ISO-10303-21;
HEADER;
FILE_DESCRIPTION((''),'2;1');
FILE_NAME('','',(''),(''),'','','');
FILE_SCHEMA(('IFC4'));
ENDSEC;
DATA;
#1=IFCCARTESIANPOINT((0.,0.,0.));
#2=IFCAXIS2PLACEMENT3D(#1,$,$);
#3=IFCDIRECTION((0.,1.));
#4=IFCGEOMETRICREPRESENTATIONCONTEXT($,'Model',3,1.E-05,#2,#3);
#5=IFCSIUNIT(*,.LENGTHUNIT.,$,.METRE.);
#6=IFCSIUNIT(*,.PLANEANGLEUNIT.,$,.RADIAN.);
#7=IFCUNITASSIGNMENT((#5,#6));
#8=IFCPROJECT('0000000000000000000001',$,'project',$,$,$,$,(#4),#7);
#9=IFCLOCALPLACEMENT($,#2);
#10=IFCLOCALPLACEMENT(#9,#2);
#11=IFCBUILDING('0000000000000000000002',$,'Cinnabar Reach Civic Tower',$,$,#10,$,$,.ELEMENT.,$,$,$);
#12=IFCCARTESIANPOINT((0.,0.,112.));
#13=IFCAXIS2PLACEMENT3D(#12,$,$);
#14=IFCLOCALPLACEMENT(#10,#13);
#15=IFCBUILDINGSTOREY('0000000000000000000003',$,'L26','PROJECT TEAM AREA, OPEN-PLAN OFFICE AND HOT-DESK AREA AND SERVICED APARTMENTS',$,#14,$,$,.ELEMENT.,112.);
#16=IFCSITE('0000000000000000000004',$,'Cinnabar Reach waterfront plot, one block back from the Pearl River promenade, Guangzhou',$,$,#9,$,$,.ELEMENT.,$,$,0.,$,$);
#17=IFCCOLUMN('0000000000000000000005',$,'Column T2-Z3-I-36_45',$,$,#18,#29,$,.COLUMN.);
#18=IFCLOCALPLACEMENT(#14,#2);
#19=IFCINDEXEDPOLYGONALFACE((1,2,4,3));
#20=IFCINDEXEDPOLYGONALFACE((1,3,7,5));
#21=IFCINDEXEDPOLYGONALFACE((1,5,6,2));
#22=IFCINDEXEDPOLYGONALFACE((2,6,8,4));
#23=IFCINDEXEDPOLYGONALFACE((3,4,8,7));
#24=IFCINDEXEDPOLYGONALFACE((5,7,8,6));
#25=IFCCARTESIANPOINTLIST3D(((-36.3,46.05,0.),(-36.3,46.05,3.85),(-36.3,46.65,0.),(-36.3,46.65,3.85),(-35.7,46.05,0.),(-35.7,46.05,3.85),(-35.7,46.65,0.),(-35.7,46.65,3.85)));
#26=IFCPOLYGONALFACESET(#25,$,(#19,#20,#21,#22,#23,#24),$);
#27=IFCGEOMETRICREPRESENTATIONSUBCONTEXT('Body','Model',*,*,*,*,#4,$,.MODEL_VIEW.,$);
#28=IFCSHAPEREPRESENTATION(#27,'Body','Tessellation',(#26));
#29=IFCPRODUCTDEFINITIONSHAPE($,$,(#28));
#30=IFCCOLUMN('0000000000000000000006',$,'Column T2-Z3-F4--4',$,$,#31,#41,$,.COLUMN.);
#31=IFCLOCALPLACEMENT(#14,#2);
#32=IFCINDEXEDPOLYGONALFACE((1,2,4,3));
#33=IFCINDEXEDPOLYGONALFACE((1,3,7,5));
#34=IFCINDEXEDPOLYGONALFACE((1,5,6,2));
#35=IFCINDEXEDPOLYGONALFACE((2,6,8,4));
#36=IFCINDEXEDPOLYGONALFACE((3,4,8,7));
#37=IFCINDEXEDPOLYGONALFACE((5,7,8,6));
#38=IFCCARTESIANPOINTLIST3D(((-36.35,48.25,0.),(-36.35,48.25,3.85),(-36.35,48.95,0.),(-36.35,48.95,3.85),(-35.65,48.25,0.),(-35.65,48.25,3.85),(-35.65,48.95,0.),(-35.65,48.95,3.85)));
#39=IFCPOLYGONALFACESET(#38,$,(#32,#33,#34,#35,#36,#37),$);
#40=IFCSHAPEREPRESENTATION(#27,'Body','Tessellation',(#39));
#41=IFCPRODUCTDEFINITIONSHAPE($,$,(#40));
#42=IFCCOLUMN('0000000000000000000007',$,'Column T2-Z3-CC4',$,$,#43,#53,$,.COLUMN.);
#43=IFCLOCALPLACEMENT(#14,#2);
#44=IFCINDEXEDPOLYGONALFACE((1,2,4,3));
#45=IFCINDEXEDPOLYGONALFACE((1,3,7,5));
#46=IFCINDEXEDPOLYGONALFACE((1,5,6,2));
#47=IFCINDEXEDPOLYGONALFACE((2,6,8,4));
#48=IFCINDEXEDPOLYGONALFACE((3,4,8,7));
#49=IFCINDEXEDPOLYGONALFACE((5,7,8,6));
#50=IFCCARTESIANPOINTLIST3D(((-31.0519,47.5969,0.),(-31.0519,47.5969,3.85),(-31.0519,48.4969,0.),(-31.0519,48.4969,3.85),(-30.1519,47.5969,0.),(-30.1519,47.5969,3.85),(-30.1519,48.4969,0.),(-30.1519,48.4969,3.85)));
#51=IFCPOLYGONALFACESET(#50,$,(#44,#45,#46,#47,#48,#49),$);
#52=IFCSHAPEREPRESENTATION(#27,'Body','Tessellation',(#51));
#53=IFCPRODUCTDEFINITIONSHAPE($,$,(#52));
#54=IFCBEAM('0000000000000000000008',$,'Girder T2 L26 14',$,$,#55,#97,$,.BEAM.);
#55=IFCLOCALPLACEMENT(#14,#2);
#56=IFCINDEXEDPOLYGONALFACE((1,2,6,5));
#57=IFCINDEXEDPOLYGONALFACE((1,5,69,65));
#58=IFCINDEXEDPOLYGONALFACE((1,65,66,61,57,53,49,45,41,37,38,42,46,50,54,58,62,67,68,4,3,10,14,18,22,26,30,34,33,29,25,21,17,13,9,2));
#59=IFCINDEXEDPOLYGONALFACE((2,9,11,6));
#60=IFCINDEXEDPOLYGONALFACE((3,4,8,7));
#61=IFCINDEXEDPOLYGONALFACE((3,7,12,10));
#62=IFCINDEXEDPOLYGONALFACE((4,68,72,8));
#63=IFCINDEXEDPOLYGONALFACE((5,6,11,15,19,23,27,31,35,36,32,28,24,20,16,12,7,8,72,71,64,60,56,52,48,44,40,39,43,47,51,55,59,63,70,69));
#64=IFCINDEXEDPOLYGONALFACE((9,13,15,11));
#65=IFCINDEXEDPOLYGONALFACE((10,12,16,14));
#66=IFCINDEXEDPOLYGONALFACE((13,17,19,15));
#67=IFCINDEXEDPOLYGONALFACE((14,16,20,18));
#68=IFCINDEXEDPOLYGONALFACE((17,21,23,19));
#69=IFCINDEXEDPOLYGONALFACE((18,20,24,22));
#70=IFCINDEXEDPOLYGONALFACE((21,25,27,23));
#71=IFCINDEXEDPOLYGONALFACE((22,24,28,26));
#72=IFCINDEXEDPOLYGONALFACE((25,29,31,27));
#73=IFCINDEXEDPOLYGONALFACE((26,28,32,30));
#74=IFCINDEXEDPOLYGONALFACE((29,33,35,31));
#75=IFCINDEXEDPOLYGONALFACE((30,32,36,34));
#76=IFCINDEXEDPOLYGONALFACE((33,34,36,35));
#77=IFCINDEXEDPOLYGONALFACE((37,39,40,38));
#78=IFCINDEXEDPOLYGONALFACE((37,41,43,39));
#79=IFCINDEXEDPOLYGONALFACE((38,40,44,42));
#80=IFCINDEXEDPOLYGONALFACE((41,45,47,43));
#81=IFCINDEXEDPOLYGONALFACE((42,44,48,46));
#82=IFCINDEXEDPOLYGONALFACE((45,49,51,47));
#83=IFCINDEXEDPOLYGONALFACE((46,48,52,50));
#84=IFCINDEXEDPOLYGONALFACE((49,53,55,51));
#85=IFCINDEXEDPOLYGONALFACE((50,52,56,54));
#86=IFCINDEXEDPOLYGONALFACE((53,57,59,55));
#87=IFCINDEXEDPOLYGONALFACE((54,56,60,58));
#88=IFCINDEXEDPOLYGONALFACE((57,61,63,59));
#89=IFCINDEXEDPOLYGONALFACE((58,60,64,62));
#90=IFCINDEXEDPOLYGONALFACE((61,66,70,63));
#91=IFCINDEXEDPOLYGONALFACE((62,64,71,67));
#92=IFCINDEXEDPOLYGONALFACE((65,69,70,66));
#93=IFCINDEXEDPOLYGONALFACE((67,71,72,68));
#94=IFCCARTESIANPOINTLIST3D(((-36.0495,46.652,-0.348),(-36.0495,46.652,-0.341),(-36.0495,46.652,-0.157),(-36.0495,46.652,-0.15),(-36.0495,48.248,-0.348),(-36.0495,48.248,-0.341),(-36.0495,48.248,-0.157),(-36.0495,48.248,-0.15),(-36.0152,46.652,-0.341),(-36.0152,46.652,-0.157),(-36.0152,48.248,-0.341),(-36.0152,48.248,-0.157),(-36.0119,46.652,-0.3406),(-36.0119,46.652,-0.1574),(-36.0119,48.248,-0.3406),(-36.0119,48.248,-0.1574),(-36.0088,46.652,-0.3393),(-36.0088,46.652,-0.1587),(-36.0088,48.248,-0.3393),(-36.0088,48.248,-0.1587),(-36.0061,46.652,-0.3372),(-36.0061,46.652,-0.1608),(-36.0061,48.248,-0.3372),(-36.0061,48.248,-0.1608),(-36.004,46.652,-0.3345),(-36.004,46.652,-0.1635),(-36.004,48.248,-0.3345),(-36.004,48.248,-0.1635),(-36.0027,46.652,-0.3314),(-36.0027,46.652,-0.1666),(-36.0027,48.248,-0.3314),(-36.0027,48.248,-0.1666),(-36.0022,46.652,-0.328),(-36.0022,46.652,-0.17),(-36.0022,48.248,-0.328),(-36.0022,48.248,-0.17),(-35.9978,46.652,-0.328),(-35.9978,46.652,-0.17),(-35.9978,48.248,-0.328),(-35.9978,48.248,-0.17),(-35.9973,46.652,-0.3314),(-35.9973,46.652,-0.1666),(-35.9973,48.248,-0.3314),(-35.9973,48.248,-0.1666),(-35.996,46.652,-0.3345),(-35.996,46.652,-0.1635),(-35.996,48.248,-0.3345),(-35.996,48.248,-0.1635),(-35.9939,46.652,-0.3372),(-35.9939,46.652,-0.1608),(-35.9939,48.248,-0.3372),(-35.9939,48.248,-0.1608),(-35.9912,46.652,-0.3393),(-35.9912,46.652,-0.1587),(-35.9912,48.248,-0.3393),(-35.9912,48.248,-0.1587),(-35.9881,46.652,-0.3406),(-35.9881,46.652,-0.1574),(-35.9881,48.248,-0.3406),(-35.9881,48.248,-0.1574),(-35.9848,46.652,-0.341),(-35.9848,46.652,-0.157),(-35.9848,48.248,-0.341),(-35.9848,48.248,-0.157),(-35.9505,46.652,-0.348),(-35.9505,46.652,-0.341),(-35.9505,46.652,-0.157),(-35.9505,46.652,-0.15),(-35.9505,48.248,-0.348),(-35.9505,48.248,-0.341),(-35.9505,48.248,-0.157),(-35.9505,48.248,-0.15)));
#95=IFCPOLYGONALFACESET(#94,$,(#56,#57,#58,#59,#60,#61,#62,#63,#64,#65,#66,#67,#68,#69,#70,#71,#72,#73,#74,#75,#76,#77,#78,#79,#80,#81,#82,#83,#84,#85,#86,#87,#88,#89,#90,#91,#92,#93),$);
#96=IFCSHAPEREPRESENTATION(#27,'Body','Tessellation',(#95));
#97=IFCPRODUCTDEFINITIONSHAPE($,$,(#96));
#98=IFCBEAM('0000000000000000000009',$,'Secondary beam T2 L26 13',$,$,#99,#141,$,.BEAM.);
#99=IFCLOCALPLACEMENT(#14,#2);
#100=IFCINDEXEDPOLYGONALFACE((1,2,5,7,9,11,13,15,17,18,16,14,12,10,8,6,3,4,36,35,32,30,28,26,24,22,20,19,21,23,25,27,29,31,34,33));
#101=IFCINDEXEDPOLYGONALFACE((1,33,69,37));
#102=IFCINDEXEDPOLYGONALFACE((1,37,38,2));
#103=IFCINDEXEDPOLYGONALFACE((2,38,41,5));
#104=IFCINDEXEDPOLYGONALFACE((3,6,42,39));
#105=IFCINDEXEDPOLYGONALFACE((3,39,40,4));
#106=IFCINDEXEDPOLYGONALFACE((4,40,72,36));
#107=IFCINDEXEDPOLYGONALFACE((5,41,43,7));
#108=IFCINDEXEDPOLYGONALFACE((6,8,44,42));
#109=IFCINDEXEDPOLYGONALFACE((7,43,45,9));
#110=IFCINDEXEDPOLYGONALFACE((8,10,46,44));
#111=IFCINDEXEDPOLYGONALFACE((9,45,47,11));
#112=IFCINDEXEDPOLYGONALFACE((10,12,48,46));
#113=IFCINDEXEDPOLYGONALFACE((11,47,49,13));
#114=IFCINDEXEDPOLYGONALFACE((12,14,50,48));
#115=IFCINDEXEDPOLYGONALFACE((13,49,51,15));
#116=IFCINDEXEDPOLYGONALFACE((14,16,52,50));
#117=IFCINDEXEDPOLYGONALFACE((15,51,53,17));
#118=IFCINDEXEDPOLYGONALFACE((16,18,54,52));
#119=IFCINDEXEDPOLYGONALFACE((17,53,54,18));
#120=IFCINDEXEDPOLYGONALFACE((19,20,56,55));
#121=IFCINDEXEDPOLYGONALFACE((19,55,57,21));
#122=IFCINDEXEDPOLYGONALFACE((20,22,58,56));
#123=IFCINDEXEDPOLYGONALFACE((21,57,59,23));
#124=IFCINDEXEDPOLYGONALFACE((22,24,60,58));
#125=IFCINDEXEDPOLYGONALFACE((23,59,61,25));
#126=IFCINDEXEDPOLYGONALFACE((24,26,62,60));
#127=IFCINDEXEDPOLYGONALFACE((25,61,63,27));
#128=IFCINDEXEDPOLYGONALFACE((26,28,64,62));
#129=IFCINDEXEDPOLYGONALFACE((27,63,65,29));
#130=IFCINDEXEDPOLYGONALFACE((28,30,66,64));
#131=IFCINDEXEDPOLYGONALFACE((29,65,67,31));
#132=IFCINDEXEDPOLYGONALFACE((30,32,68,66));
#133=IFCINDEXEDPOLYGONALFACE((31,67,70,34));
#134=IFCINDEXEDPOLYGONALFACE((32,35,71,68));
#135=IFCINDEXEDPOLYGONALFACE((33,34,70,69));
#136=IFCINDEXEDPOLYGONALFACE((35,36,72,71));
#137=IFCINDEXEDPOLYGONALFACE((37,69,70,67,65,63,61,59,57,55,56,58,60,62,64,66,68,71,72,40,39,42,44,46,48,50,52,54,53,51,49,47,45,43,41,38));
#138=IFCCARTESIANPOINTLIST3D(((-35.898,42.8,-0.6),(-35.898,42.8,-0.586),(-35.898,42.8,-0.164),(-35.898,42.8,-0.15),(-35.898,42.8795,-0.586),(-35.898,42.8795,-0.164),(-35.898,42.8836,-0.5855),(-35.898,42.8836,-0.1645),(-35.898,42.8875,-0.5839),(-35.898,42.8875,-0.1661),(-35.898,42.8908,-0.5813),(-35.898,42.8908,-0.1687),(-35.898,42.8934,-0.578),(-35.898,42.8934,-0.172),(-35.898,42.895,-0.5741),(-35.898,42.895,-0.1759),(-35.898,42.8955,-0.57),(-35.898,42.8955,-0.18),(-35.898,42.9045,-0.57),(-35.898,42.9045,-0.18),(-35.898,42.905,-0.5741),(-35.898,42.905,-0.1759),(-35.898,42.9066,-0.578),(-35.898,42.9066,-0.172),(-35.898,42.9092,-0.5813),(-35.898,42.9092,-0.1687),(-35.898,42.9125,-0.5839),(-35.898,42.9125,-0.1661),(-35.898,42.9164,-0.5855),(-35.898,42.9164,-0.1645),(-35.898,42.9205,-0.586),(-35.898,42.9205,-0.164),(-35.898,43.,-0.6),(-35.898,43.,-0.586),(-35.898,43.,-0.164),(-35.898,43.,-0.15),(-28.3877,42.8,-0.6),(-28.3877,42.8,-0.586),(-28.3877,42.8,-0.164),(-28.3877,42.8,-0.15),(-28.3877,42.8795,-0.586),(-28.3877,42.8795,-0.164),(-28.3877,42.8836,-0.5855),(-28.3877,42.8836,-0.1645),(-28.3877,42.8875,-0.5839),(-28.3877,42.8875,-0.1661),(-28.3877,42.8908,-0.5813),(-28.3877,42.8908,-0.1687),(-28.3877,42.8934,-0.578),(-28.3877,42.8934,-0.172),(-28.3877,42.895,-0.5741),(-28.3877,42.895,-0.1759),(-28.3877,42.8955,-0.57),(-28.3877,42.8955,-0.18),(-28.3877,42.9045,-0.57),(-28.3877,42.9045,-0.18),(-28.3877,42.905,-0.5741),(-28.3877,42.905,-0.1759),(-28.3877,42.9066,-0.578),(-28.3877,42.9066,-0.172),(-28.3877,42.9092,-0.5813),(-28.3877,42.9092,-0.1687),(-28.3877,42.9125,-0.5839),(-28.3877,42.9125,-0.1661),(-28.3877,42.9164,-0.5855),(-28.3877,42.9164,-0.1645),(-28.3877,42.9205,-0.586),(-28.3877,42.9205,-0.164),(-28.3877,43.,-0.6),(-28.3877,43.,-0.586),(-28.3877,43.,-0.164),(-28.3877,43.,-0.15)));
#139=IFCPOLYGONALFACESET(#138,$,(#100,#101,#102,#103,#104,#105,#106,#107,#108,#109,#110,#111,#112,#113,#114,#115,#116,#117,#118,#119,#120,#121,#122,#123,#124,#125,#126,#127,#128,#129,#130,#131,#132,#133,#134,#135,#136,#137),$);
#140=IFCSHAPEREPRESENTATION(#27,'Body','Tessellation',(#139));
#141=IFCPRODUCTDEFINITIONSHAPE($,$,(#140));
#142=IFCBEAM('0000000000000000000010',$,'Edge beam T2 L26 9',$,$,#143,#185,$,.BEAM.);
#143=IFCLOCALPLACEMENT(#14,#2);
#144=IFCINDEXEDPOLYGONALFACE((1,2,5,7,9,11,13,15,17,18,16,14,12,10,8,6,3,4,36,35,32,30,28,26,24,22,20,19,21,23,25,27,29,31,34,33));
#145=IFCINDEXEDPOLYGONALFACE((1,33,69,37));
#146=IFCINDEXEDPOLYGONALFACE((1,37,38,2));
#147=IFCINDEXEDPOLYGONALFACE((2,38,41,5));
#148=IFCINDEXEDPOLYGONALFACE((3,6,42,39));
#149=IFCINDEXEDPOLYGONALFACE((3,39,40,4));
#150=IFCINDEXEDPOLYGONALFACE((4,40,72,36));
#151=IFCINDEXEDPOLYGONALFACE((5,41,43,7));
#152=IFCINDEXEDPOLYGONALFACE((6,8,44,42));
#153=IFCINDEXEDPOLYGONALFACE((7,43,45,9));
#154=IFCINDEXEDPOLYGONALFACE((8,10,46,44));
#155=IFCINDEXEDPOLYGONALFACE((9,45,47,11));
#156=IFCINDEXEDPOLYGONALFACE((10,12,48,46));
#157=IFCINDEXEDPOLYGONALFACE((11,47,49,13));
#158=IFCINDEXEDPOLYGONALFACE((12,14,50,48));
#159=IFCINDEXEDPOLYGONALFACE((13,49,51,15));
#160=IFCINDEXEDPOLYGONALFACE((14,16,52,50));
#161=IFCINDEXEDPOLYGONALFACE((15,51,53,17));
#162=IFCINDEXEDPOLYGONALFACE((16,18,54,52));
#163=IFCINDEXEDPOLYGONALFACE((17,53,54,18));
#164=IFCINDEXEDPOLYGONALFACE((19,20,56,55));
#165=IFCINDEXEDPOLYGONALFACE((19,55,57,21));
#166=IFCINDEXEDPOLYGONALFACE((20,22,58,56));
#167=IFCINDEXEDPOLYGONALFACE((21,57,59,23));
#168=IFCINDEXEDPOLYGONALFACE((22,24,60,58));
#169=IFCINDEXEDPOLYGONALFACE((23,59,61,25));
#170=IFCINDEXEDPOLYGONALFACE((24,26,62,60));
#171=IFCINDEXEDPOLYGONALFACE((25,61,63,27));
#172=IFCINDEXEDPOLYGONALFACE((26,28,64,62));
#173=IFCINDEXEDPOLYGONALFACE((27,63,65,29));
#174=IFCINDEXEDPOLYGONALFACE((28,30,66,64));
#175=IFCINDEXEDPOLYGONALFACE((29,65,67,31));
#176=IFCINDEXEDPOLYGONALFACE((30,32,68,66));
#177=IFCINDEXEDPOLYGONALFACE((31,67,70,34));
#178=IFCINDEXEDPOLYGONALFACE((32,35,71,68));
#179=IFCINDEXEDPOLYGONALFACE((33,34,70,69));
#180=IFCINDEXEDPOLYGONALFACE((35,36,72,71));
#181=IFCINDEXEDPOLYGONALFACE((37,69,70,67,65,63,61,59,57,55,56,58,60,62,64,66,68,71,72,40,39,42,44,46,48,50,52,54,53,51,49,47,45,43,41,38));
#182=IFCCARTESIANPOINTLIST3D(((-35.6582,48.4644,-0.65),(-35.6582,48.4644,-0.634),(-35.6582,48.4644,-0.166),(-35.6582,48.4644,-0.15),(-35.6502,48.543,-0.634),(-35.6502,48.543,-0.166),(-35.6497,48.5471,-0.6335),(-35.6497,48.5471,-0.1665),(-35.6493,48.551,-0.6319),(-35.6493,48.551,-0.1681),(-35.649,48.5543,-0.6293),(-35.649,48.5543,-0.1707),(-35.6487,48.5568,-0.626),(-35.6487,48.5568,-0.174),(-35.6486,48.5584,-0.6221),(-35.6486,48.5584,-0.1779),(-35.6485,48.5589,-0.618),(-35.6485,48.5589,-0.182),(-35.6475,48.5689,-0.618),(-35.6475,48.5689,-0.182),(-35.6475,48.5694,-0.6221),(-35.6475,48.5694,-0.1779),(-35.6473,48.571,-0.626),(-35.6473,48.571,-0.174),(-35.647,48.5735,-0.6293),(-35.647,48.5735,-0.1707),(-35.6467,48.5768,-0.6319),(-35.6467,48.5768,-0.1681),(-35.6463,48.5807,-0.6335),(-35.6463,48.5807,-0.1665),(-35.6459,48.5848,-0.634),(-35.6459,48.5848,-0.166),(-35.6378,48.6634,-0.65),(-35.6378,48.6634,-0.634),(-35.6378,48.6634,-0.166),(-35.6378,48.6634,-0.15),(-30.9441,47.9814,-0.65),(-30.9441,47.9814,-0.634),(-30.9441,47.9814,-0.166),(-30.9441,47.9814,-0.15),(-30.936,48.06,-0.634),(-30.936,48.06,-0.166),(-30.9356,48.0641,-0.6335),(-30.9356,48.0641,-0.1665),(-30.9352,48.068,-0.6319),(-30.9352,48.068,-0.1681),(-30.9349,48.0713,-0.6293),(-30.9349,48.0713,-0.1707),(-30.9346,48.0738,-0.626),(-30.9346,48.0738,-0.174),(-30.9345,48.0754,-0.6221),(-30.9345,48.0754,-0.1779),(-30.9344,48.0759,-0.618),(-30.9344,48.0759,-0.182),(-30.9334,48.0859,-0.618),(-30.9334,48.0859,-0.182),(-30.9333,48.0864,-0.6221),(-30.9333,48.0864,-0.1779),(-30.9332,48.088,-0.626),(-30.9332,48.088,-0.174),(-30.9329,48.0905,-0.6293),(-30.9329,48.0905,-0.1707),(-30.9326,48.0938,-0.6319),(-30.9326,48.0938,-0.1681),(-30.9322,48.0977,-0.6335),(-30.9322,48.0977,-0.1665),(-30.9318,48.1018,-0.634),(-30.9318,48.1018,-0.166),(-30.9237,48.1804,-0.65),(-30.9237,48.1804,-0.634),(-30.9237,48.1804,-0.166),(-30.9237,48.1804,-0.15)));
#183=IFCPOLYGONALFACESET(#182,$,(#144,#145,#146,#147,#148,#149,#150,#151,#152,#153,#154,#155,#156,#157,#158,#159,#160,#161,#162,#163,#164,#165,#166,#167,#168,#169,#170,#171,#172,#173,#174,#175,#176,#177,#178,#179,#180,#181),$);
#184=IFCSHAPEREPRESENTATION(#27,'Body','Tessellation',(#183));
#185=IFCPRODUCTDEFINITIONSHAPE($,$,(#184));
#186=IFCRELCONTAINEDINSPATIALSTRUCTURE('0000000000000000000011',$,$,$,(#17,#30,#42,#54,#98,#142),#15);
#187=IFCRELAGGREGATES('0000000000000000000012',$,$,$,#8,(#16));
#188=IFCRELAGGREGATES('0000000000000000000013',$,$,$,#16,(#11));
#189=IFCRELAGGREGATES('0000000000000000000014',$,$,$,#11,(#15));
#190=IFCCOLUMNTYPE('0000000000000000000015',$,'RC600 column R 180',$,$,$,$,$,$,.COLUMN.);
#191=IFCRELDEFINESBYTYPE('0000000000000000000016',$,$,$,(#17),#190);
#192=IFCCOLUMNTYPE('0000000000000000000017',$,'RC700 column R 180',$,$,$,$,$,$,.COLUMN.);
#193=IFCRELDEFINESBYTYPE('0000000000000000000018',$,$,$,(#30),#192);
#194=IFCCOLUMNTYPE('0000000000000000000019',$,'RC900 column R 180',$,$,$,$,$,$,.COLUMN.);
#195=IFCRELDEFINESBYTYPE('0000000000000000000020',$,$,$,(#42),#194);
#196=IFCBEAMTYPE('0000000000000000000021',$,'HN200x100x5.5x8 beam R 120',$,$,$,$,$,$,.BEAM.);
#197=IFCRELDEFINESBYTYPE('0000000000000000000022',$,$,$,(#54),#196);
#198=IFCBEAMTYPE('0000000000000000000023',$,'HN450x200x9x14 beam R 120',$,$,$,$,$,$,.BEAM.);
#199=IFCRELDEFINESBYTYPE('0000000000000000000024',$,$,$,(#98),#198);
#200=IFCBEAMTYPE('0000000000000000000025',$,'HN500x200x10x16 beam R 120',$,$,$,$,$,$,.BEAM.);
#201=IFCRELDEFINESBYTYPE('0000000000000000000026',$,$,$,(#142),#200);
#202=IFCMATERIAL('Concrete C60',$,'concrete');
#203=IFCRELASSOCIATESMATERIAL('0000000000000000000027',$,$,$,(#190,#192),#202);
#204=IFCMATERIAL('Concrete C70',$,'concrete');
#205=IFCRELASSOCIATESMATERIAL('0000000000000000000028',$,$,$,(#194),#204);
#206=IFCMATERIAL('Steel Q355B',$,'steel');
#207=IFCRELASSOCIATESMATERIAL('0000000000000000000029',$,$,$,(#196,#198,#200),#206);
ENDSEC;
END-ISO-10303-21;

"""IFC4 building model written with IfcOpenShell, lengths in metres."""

from ifc_helpers import new_model, si_unit, direction, frame, origin, origin_2d, place, context, subcontext, project, spatial, rectangle, i_section, extrude, material, material_profile, profile_set, type_object, element, save


model = new_model("IFC4")

# Units and contexts
model_context = context("Model", 3, precision=1e-05, world=origin(), true_north=direction((0.0, 1.0)))
body_context = subcontext(model_context, "Body", "Model", "MODEL_VIEW")
ifc_project = project(units=[si_unit("LENGTHUNIT", "METRE"), si_unit("PLANEANGLEUNIT", "RADIAN")], contexts=[model_context])

# Site, building, storey
site_placement = place(None, origin())
site = spatial("IfcSite", under=ifc_project, at=site_placement, Name="Cinnabar Reach waterfront plot, one block back from the Pearl River promenade, Guangzhou", CompositionType="ELEMENT", RefElevation=0.0)
building_placement = place(site_placement, origin())
building = spatial("IfcBuilding", under=site, at=building_placement, Name="Cinnabar Reach Civic Tower", CompositionType="ELEMENT")
storey_placement = place(building_placement, frame((0.0, 0.0, 112.0)))
storey = spatial("IfcBuildingStorey", under=building, at=storey_placement, Name="L26", Description="PROJECT TEAM AREA, OPEN-PLAN OFFICE AND HOT-DESK AREA AND SERVICED APARTMENTS", CompositionType="ELEMENT", Elevation=112.0)

# Columns
ifc_material_1 = material(Name="Concrete C60", Category="concrete")
ifc_material_profile_1 = material_profile(ifc_material_1, rectangle(XDim=0.6, YDim=0.6, at=origin_2d()), Name="RC600")
ifc_profile_set_1 = profile_set([ifc_material_profile_1], Name="Concrete C60")
column_type_1 = type_object("IfcColumnType", Name="RC600 column R 180", PredefinedType="COLUMN", material=ifc_profile_set_1)
column_1_placement = place(storey_placement, frame((-36.0, 46.35, 0.0), z_axis=(0.0, 0.0, 1.0), x_axis=(1.0, 0.0, 0.0)))
element("IfcColumn", 1, at=column_1_placement, inside=storey, type_object=column_type_1, Name="Column T2-Z3-I-36_45", PredefinedType="COLUMN", context=body_context, shape_type="SweptSolid", body=[
    extrude(rectangle(XDim=0.6, YDim=0.6, at=origin_2d()), origin(), (0.0, 0.0, 1.0), 3.85),
])
ifc_material_profile_2 = material_profile(ifc_material_1, rectangle(XDim=0.7, YDim=0.7, at=origin_2d()), Name="RC700")
ifc_profile_set_2 = profile_set([ifc_material_profile_2], Name="Concrete C60")
column_type_2 = type_object("IfcColumnType", Name="RC700 column R 180", PredefinedType="COLUMN", material=ifc_profile_set_2)
column_2_placement = place(storey_placement, frame((-36.0, 48.6, 0.0), z_axis=(0.0, 0.0, 1.0), x_axis=(1.0, 0.0, 0.0)))
element("IfcColumn", 2, at=column_2_placement, inside=storey, type_object=column_type_2, Name="Column T2-Z3-F4--4", PredefinedType="COLUMN", context=body_context, shape_type="SweptSolid", body=[
    extrude(rectangle(XDim=0.7, YDim=0.7, at=origin_2d()), origin(), (0.0, 0.0, 1.0), 3.85),
])
ifc_material_2 = material(Name="Concrete C70", Category="concrete")
ifc_material_profile_3 = material_profile(ifc_material_2, rectangle(XDim=0.9, YDim=0.9, at=origin_2d()), Name="RC900")
ifc_profile_set_3 = profile_set([ifc_material_profile_3], Name="Concrete C70")
column_type_3 = type_object("IfcColumnType", Name="RC900 column R 180", PredefinedType="COLUMN", material=ifc_profile_set_3)
column_3_placement = place(storey_placement, frame((-30.6019, 48.0469, 0.0), z_axis=(0.0, 0.0, 1.0), x_axis=(1.0, 0.0, 0.0)))
element("IfcColumn", 3, at=column_3_placement, inside=storey, type_object=column_type_3, Name="Column T2-Z3-CC4", PredefinedType="COLUMN", context=body_context, shape_type="SweptSolid", body=[
    extrude(rectangle(XDim=0.9, YDim=0.9, at=origin_2d()), origin(), (0.0, 0.0, 1.0), 3.85),
])

# Beams
ifc_material_3 = material(Name="Steel Q355B", Category="steel")
ifc_material_profile_4 = material_profile(ifc_material_3, i_section(OverallWidth=0.099, OverallDepth=0.198, WebThickness=0.0045, FlangeThickness=0.007, FilletRadius=0.013, at=origin_2d()), Name="HN200x100x5.5x8")
ifc_profile_set_4 = profile_set([ifc_material_profile_4], Name="Steel Q355B")
beam_type_1 = type_object("IfcBeamType", Name="HN200x100x5.5x8 beam R 120", PredefinedType="BEAM", material=ifc_profile_set_4)
beam_1_placement = place(storey_placement, frame((-36.0, 46.652, -0.249), z_axis=(0.0, 1.0, 0.0), x_axis=(-1.0, 0.0, 0.0)))
element("IfcBeam", 4, at=beam_1_placement, inside=storey, type_object=beam_type_1, Name="Girder T2 L26 14", PredefinedType="BEAM", context=body_context, shape_type="SweptSolid", body=[
    extrude(i_section(OverallWidth=0.099, OverallDepth=0.198, WebThickness=0.0045, FlangeThickness=0.007, FilletRadius=0.013, at=origin_2d()), origin(), (0.0, 0.0, 1.0), 1.596),
])
ifc_material_profile_5 = material_profile(ifc_material_3, i_section(OverallWidth=0.2, OverallDepth=0.45, WebThickness=0.009, FlangeThickness=0.014, FilletRadius=0.016, at=origin_2d()), Name="HN450x200x9x14")
ifc_profile_set_5 = profile_set([ifc_material_profile_5], Name="Steel Q355B")
beam_type_2 = type_object("IfcBeamType", Name="HN450x200x9x14 beam R 120", PredefinedType="BEAM", material=ifc_profile_set_5)
beam_2_placement = place(storey_placement, frame((-35.898, 42.9, -0.375), z_axis=(1.0, 0.0, 0.0), x_axis=(0.0, 1.0, 0.0)))
element("IfcBeam", 5, at=beam_2_placement, inside=storey, type_object=beam_type_2, Name="Secondary beam T2 L26 13", PredefinedType="BEAM", context=body_context, shape_type="SweptSolid", body=[
    extrude(i_section(OverallWidth=0.2, OverallDepth=0.45, WebThickness=0.009, FlangeThickness=0.014, FilletRadius=0.016, at=origin_2d()), origin(), (0.0, 0.0, 1.0), 7.5103),
])
ifc_material_profile_6 = material_profile(ifc_material_3, i_section(OverallWidth=0.2, OverallDepth=0.5, WebThickness=0.01, FlangeThickness=0.016, FilletRadius=0.016, at=origin_2d()), Name="HN500x200x10x16")
ifc_profile_set_6 = profile_set([ifc_material_profile_6], Name="Steel Q355B")
beam_type_3 = type_object("IfcBeamType", Name="HN500x200x10x16 beam R 120", PredefinedType="BEAM", material=ifc_profile_set_6)
beam_3_placement = place(storey_placement, frame((-30.9339, 48.0809, -0.4), z_axis=(-0.994792, 0.101925, 0.0), x_axis=(-0.101925, -0.994792, 0.0)))
element("IfcBeam", 6, at=beam_3_placement, inside=storey, type_object=beam_type_3, Name="Edge beam T2 L26 9", PredefinedType="BEAM", context=body_context, shape_type="SweptSolid", body=[
    extrude(i_section(OverallWidth=0.2, OverallDepth=0.5, WebThickness=0.01, FlangeThickness=0.016, FilletRadius=0.016, at=origin_2d()), origin(), (0.0, 0.0, 1.0), 4.7388),
])

save(model, "model.ifc")
